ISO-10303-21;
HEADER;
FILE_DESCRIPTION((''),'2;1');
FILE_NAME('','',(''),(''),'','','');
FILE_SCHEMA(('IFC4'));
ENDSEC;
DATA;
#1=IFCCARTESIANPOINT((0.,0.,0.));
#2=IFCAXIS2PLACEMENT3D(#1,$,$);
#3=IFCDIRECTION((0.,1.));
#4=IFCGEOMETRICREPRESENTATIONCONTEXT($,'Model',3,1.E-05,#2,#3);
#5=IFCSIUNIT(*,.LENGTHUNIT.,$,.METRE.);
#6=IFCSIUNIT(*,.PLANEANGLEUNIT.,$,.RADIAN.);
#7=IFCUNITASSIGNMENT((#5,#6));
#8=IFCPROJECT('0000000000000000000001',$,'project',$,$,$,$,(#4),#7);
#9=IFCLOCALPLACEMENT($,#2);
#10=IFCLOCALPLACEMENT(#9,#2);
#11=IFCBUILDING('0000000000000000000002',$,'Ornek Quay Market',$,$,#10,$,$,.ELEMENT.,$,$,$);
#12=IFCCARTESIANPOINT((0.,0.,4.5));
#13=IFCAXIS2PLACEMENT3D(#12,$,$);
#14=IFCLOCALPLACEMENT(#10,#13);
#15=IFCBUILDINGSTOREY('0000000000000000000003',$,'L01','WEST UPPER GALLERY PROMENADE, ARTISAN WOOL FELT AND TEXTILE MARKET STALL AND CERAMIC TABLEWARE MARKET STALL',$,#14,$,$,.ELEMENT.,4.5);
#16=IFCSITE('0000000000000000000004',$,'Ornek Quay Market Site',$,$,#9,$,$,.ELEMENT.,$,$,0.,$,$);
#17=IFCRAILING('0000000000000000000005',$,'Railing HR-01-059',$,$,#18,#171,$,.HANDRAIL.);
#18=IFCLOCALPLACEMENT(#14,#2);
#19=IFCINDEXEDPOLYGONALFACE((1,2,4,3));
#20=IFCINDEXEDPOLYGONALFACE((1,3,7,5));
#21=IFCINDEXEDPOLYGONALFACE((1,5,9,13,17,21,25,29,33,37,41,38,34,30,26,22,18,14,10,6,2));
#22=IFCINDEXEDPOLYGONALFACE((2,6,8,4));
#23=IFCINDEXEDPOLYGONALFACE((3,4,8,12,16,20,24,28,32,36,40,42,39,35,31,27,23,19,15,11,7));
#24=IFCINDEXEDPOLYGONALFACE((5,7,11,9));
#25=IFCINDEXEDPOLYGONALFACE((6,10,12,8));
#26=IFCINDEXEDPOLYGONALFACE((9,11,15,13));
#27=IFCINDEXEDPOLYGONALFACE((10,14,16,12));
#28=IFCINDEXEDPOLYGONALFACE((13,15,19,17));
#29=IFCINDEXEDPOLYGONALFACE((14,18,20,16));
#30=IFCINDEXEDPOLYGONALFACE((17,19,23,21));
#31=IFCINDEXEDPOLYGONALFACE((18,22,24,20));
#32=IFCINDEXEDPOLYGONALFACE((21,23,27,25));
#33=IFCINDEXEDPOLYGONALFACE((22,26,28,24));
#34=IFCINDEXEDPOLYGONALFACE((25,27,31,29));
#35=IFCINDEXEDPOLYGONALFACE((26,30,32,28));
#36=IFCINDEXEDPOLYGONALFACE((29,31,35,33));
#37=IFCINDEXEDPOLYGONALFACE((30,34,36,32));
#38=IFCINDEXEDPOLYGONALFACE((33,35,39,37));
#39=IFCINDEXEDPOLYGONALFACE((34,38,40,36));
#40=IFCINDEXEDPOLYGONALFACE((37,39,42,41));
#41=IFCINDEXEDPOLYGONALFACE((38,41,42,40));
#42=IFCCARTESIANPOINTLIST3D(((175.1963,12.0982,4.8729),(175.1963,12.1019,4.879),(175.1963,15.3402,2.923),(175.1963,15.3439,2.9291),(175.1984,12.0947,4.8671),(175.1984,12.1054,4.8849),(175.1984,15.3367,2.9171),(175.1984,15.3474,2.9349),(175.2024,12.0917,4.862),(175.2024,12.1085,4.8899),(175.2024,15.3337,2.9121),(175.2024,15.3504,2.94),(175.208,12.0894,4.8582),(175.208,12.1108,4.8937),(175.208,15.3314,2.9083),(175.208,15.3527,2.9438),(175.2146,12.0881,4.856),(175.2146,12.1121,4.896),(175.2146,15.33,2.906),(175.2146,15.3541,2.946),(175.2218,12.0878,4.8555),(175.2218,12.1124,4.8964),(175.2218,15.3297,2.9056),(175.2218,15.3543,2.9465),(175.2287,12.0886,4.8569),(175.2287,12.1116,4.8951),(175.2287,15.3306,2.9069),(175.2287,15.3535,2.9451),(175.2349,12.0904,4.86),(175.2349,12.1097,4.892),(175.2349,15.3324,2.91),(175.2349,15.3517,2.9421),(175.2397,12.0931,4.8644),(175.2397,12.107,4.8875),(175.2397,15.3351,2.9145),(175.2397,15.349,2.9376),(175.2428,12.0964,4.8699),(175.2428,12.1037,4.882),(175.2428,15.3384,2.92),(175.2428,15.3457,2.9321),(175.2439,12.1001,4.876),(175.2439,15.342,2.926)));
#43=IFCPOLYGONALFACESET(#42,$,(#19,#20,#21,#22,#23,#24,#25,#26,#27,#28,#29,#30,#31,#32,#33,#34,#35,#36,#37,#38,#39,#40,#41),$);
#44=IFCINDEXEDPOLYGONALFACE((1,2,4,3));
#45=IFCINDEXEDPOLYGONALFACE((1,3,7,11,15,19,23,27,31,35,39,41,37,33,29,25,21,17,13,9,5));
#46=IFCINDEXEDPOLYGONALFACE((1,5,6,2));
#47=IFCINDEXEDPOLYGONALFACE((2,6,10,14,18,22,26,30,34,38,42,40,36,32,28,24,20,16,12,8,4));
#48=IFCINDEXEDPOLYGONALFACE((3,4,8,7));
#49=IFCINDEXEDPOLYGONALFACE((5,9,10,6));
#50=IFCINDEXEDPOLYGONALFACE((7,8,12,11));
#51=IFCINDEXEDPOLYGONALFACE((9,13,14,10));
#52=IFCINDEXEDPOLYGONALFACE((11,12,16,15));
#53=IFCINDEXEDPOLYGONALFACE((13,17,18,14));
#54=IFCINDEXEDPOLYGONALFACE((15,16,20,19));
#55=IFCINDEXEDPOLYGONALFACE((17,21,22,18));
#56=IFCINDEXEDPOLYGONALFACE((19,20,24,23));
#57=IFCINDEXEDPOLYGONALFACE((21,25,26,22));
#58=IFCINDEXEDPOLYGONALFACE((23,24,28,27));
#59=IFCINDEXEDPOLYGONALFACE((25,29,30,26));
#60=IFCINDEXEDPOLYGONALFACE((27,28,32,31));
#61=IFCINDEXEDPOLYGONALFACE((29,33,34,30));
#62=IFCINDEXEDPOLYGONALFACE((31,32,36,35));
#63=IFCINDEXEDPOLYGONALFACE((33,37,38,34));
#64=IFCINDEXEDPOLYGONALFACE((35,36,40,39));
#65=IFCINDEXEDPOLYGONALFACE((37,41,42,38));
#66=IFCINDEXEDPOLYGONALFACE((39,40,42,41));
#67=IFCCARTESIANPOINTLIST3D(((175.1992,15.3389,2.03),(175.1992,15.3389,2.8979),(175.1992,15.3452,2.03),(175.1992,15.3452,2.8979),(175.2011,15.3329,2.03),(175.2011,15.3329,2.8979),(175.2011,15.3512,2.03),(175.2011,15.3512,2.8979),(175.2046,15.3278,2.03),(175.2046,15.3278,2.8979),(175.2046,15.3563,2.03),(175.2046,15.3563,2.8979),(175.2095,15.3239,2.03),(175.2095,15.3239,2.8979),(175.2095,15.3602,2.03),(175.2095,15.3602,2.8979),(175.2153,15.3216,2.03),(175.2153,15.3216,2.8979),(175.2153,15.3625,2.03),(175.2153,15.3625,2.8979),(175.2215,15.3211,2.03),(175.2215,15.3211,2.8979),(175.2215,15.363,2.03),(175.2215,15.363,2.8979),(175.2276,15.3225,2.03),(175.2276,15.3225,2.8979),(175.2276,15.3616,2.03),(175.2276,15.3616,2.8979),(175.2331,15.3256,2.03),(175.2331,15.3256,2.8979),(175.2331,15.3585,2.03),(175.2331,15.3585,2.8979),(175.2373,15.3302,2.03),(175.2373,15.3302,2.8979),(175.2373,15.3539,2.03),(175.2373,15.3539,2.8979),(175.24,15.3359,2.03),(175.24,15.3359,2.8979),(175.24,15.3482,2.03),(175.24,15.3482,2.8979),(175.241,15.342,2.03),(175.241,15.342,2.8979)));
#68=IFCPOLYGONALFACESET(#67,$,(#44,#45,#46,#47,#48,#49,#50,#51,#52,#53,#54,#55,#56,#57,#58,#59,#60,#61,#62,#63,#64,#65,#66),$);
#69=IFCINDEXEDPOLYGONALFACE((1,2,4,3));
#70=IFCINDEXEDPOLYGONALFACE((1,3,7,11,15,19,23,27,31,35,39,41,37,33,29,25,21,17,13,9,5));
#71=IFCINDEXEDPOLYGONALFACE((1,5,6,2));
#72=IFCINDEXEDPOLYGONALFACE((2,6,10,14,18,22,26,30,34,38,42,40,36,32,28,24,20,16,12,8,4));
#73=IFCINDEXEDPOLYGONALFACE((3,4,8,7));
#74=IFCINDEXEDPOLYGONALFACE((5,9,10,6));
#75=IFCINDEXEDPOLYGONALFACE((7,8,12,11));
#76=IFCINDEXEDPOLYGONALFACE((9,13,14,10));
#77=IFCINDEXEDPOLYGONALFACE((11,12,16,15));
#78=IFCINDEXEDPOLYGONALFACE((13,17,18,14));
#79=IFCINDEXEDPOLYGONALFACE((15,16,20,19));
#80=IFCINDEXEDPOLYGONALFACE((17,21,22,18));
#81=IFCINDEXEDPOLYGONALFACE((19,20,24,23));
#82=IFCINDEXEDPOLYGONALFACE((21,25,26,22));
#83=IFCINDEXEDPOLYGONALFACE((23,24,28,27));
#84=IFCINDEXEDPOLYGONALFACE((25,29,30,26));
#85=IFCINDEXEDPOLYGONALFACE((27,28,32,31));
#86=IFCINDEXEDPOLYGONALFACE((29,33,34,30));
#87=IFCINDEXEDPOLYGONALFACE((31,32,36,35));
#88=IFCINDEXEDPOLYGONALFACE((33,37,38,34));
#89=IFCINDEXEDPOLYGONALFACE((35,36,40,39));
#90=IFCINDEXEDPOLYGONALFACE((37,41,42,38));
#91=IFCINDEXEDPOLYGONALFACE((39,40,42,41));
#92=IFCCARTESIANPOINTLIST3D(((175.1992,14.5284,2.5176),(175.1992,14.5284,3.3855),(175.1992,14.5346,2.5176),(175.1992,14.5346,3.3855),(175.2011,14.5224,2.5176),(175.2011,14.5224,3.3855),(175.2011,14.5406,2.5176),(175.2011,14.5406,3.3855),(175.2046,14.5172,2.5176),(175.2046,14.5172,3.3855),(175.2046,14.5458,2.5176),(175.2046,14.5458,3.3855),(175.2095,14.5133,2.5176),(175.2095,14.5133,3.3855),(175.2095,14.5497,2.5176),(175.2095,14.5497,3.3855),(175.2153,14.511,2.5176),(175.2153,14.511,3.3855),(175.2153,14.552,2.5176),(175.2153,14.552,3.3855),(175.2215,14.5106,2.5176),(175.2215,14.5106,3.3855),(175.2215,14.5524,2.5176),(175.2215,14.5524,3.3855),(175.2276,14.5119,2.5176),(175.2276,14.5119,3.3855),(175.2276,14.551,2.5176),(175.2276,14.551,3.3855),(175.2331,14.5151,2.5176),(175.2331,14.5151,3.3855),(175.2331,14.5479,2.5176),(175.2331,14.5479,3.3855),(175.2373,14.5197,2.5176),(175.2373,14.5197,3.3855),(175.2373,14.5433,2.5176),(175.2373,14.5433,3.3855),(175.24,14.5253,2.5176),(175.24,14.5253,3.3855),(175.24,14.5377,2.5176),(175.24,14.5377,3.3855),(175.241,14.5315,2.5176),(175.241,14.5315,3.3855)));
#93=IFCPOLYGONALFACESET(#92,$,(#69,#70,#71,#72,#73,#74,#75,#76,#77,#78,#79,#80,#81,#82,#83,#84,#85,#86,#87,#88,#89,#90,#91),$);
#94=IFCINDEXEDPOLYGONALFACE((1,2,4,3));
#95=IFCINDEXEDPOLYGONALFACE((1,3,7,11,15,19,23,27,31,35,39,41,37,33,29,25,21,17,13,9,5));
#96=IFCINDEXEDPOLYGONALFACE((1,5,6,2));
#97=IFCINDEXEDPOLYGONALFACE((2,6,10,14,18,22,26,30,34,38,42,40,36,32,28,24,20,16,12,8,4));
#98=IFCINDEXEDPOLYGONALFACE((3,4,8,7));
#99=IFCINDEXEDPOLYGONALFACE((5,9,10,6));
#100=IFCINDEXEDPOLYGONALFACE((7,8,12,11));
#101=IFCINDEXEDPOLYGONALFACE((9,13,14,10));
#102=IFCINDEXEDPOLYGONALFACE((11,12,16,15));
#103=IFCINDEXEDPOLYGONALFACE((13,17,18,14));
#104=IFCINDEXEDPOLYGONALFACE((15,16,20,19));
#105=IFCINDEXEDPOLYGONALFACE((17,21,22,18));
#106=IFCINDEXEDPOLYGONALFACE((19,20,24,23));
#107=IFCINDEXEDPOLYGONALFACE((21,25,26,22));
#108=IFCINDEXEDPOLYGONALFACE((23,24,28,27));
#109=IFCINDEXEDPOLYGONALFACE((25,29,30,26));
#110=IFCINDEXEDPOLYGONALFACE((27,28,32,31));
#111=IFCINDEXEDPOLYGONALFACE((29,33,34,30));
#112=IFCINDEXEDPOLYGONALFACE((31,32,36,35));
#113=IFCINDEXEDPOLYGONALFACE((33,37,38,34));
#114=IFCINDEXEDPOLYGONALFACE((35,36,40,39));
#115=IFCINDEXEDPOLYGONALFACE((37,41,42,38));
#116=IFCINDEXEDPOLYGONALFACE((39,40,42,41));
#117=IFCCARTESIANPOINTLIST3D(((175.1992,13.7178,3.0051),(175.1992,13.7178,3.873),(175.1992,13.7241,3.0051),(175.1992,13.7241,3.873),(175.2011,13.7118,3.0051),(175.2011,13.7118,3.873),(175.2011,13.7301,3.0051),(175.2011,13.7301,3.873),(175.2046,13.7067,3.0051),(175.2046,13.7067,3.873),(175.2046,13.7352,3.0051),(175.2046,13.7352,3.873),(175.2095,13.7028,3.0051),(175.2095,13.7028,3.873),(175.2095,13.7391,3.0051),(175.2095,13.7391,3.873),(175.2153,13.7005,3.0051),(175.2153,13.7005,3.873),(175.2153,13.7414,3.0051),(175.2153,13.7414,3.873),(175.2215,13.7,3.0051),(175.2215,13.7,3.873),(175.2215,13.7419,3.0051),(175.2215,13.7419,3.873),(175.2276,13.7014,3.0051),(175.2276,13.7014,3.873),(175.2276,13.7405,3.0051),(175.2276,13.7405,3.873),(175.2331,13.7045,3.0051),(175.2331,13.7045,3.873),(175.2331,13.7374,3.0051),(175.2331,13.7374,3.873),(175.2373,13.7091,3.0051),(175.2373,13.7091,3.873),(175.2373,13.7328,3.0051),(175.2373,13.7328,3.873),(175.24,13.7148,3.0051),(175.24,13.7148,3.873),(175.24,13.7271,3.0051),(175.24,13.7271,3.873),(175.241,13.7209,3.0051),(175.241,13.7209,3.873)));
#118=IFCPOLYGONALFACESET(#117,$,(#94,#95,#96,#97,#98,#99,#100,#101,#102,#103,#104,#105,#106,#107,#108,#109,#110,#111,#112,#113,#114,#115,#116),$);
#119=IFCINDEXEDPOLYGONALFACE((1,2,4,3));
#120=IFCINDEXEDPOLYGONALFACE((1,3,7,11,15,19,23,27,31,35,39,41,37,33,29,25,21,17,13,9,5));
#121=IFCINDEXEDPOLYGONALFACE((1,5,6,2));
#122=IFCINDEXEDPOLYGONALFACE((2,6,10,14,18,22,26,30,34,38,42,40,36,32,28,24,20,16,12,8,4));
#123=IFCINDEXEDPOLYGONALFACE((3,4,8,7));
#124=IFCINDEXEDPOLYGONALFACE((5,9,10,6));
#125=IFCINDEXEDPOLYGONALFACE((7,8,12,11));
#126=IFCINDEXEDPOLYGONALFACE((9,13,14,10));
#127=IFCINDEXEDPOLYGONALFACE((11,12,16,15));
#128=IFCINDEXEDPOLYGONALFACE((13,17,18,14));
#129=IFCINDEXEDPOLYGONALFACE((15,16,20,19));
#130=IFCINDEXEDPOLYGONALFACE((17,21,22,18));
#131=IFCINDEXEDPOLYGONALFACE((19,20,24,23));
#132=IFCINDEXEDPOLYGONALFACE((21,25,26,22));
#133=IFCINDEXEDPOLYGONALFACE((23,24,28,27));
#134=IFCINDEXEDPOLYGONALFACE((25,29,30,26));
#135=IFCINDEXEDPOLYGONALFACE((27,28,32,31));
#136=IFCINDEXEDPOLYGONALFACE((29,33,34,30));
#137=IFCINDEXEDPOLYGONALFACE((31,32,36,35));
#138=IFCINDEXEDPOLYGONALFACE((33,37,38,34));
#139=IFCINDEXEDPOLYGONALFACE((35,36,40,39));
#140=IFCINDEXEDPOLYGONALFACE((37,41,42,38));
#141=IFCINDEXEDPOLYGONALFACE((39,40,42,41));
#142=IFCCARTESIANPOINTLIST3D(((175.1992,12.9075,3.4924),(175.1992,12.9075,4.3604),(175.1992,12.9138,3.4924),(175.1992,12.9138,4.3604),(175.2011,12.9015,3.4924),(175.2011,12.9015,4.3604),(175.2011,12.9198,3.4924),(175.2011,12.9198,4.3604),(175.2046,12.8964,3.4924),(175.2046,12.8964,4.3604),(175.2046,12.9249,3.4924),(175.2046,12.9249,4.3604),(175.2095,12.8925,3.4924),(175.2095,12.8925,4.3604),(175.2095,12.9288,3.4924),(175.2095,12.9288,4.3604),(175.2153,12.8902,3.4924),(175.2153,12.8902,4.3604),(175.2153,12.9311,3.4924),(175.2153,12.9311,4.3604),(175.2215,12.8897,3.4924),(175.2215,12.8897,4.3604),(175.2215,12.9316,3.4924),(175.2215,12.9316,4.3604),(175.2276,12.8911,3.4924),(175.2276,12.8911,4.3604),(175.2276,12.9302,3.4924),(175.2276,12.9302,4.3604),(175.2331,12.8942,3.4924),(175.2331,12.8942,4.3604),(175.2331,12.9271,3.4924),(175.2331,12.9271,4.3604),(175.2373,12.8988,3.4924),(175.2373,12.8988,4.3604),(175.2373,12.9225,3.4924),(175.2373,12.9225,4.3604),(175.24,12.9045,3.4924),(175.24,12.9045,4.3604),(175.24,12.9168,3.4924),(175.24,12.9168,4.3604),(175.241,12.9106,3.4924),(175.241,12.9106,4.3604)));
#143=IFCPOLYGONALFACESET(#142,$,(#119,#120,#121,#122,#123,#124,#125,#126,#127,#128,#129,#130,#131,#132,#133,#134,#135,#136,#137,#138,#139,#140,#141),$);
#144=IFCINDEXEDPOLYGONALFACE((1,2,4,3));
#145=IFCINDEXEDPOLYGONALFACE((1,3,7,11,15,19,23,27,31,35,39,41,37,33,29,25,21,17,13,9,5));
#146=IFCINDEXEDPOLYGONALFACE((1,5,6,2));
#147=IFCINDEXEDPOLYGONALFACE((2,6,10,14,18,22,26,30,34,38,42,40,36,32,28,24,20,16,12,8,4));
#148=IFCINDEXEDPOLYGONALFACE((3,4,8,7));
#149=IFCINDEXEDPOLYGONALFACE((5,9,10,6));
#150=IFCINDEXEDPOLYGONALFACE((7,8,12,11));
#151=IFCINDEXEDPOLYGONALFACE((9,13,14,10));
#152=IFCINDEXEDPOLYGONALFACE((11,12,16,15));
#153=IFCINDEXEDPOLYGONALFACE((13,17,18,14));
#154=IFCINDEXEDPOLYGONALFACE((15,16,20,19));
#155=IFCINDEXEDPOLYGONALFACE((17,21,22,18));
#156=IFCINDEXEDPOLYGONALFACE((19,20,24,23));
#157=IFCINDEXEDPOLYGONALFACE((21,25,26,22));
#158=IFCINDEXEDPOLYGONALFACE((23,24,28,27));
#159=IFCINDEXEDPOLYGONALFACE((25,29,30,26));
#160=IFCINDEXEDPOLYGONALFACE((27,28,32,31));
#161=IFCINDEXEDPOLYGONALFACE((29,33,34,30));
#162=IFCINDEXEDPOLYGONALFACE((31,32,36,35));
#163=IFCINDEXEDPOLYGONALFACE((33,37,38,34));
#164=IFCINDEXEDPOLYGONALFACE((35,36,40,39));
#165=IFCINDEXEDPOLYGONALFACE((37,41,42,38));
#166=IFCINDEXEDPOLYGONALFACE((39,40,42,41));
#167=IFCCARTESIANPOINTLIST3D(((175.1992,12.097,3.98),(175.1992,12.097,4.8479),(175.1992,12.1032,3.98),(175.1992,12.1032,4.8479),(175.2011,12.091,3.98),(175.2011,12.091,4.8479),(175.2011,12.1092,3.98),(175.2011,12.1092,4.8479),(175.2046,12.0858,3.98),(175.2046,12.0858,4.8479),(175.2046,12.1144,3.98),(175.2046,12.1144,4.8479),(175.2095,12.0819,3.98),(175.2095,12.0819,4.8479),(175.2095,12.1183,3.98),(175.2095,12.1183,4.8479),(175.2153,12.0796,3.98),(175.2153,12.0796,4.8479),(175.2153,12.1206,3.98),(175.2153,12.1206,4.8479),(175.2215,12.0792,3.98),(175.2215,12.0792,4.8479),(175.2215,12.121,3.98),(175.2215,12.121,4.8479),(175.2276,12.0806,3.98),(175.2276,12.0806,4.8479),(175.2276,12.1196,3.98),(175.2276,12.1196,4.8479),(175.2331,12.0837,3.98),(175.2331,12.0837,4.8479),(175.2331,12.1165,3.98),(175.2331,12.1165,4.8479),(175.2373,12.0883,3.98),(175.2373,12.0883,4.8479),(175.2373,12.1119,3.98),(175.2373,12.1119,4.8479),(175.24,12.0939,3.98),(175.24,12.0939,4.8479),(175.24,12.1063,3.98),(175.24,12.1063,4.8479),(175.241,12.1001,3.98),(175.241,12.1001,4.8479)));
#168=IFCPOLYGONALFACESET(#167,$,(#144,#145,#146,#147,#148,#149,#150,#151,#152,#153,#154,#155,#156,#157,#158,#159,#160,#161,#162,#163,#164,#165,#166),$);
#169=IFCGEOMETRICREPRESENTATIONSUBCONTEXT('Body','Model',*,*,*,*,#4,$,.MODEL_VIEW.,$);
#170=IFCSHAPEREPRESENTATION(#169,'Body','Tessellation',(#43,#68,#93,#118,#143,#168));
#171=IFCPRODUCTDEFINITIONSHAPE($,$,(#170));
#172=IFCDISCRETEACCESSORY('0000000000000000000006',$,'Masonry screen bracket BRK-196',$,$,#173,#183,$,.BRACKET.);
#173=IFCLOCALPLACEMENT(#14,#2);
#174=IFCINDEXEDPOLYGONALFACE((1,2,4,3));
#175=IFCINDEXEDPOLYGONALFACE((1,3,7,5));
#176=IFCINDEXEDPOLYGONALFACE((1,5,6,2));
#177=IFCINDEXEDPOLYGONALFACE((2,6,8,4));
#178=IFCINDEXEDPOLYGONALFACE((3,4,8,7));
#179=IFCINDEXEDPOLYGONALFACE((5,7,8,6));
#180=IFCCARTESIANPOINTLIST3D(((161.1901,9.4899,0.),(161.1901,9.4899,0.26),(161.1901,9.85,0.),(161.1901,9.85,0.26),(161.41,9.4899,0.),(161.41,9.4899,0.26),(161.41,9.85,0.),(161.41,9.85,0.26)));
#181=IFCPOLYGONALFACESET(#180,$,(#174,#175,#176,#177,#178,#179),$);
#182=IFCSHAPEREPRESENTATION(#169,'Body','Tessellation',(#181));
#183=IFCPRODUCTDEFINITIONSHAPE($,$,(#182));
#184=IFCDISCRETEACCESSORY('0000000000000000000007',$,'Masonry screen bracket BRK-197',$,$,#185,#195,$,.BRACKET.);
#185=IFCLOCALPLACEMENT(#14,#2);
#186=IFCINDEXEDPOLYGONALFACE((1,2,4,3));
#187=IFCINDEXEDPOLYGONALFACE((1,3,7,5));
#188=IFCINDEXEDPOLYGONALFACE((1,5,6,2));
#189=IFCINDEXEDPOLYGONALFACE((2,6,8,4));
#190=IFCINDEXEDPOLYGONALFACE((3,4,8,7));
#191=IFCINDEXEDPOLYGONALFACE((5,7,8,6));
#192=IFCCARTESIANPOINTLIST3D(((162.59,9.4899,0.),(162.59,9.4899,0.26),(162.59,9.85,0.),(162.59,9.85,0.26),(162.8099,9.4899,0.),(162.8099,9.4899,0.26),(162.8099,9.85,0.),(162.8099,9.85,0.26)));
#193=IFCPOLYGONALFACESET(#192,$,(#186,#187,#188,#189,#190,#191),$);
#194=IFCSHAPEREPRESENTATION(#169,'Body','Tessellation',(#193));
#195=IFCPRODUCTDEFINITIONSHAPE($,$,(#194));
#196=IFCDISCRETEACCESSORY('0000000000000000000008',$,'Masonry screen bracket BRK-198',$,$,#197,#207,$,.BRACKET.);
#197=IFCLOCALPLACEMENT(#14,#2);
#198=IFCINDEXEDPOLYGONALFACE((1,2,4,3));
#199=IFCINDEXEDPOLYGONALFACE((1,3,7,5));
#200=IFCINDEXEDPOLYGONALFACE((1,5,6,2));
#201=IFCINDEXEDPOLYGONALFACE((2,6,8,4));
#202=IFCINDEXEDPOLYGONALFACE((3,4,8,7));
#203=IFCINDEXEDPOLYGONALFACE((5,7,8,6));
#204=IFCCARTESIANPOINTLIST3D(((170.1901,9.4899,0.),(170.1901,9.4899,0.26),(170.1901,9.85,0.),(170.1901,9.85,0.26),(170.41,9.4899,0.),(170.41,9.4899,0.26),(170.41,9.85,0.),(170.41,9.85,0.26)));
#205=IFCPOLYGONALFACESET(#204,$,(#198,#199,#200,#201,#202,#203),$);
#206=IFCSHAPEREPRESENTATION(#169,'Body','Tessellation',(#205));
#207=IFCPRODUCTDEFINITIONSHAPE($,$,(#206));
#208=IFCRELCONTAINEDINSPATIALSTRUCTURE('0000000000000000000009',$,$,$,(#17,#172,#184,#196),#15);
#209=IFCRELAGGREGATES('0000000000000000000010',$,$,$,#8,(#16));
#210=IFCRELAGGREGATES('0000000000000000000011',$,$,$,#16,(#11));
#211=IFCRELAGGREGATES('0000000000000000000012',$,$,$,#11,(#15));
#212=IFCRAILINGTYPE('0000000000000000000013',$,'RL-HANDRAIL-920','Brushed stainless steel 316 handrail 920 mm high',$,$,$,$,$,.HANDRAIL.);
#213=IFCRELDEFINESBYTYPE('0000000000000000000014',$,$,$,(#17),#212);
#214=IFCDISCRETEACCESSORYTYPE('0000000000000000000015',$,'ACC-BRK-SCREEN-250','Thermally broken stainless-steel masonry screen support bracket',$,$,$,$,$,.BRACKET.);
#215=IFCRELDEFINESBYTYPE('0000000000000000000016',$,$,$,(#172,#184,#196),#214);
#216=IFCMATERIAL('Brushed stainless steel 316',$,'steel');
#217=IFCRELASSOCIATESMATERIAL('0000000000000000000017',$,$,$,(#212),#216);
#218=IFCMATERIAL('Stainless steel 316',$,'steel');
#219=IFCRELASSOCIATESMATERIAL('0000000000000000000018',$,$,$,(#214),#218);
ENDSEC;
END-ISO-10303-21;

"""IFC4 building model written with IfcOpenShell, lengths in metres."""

from ifc_helpers import new_model, si_unit, direction, frame, origin, origin_2d, place, context, subcontext, project, spatial, rectangle, circle, extrude, material, type_object, element, save


model = new_model("IFC4")

# Units and contexts
model_context = context("Model", 3, precision=1e-05, world=origin(), true_north=direction((0.0, 1.0)))
body_context = subcontext(model_context, "Body", "Model", "MODEL_VIEW")
ifc_project = project(units=[si_unit("LENGTHUNIT", "METRE"), si_unit("PLANEANGLEUNIT", "RADIAN")], contexts=[model_context])

# Site, building, storey
site_placement = place(None, origin())
site = spatial("IfcSite", under=ifc_project, at=site_placement, Name="Ornek Quay Market Site", CompositionType="ELEMENT", RefElevation=0.0)
building_placement = place(site_placement, origin())
building = spatial("IfcBuilding", under=site, at=building_placement, Name="Ornek Quay Market", CompositionType="ELEMENT")
storey_placement = place(building_placement, frame((0.0, 0.0, 4.5)))
storey = spatial("IfcBuildingStorey", under=building, at=storey_placement, Name="L01", Description="WEST UPPER GALLERY PROMENADE, ARTISAN WOOL FELT AND TEXTILE MARKET STALL AND CERAMIC TABLEWARE MARKET STALL", CompositionType="ELEMENT", Elevation=4.5)

# Railing
ifc_material_1 = material(Name="Brushed stainless steel 316", Category="steel")
railing_type_1 = type_object("IfcRailingType", Name="RL-HANDRAIL-920", Description="Brushed stainless steel 316 handrail 920 mm high", PredefinedType="HANDRAIL", material=ifc_material_1)
railing_1_placement = place(storey_placement, frame((175.22, 15.342, 2.03)))
element("IfcRailing", 1, at=railing_1_placement, inside=storey, type_object=railing_type_1, Name="Railing HR-01-059", PredefinedType="HANDRAIL", context=body_context, shape_type="SweptSolid", body=[
    extrude(circle(Radius=0.0239, at=origin_2d()), frame((0.0, 0.0, 0.896), z_axis=(0.0, -0.856934, 0.515425), x_axis=(1.0, 0.0, 0.0)), (0.0, 0.0, 1.0), 3.7832),
    extrude(circle(Radius=0.021, at=origin_2d()), origin(), (0.0, 0.0, 1.0), 0.8679),
    extrude(circle(Radius=0.021, at=origin_2d()), frame((0.0, -0.8105, 0.4875)), (0.0, 0.0, 1.0), 0.8679),
    extrude(circle(Radius=0.021, at=origin_2d()), frame((0.0, -1.6211, 0.9751)), (0.0, 0.0, 1.0), 0.8679),
    extrude(circle(Radius=0.021, at=origin_2d()), frame((0.0, -2.4314, 1.4624)), (0.0, 0.0, 1.0), 0.8679),
    extrude(circle(Radius=0.021, at=origin_2d()), frame((0.0, -3.2419, 1.95)), (0.0, 0.0, 1.0), 0.8679),
])

# Discrete accessories
ifc_material_2 = material(Name="Stainless steel 316", Category="steel")
discrete_accessory_type = type_object("IfcDiscreteAccessoryType", Name="ACC-BRK-SCREEN-250", Description="Thermally broken stainless-steel masonry screen support bracket", PredefinedType="BRACKET", material=ifc_material_2)
for number, where, z_axis, x_axis, name in (
    (2, (161.3, 9.6699, 0.0), (0.0, 0.0, 1.0), (1.0, 0.0, 0.0), "Masonry screen bracket BRK-196"),
    (3, (162.7, 9.6699, 0.0), (0.0, 0.0, 1.0), (1.0, 0.0, 0.0), "Masonry screen bracket BRK-197"),
    (4, (170.3, 9.6699, 0.0), (0.0, 0.0, 1.0), (1.0, 0.0, 0.0), "Masonry screen bracket BRK-198"),
):
    element("IfcDiscreteAccessory", number, at=place(storey_placement, frame(where, z_axis=z_axis, x_axis=x_axis)), inside=storey, type_object=discrete_accessory_type, Name=name, PredefinedType="BRACKET", context=body_context, shape_type="SweptSolid", body=[
        extrude(rectangle(XDim=0.22, YDim=0.3601, at=origin_2d()), origin(), (0.0, 0.0, 1.0), 0.26),
    ])

save(model, "model.ifc")
